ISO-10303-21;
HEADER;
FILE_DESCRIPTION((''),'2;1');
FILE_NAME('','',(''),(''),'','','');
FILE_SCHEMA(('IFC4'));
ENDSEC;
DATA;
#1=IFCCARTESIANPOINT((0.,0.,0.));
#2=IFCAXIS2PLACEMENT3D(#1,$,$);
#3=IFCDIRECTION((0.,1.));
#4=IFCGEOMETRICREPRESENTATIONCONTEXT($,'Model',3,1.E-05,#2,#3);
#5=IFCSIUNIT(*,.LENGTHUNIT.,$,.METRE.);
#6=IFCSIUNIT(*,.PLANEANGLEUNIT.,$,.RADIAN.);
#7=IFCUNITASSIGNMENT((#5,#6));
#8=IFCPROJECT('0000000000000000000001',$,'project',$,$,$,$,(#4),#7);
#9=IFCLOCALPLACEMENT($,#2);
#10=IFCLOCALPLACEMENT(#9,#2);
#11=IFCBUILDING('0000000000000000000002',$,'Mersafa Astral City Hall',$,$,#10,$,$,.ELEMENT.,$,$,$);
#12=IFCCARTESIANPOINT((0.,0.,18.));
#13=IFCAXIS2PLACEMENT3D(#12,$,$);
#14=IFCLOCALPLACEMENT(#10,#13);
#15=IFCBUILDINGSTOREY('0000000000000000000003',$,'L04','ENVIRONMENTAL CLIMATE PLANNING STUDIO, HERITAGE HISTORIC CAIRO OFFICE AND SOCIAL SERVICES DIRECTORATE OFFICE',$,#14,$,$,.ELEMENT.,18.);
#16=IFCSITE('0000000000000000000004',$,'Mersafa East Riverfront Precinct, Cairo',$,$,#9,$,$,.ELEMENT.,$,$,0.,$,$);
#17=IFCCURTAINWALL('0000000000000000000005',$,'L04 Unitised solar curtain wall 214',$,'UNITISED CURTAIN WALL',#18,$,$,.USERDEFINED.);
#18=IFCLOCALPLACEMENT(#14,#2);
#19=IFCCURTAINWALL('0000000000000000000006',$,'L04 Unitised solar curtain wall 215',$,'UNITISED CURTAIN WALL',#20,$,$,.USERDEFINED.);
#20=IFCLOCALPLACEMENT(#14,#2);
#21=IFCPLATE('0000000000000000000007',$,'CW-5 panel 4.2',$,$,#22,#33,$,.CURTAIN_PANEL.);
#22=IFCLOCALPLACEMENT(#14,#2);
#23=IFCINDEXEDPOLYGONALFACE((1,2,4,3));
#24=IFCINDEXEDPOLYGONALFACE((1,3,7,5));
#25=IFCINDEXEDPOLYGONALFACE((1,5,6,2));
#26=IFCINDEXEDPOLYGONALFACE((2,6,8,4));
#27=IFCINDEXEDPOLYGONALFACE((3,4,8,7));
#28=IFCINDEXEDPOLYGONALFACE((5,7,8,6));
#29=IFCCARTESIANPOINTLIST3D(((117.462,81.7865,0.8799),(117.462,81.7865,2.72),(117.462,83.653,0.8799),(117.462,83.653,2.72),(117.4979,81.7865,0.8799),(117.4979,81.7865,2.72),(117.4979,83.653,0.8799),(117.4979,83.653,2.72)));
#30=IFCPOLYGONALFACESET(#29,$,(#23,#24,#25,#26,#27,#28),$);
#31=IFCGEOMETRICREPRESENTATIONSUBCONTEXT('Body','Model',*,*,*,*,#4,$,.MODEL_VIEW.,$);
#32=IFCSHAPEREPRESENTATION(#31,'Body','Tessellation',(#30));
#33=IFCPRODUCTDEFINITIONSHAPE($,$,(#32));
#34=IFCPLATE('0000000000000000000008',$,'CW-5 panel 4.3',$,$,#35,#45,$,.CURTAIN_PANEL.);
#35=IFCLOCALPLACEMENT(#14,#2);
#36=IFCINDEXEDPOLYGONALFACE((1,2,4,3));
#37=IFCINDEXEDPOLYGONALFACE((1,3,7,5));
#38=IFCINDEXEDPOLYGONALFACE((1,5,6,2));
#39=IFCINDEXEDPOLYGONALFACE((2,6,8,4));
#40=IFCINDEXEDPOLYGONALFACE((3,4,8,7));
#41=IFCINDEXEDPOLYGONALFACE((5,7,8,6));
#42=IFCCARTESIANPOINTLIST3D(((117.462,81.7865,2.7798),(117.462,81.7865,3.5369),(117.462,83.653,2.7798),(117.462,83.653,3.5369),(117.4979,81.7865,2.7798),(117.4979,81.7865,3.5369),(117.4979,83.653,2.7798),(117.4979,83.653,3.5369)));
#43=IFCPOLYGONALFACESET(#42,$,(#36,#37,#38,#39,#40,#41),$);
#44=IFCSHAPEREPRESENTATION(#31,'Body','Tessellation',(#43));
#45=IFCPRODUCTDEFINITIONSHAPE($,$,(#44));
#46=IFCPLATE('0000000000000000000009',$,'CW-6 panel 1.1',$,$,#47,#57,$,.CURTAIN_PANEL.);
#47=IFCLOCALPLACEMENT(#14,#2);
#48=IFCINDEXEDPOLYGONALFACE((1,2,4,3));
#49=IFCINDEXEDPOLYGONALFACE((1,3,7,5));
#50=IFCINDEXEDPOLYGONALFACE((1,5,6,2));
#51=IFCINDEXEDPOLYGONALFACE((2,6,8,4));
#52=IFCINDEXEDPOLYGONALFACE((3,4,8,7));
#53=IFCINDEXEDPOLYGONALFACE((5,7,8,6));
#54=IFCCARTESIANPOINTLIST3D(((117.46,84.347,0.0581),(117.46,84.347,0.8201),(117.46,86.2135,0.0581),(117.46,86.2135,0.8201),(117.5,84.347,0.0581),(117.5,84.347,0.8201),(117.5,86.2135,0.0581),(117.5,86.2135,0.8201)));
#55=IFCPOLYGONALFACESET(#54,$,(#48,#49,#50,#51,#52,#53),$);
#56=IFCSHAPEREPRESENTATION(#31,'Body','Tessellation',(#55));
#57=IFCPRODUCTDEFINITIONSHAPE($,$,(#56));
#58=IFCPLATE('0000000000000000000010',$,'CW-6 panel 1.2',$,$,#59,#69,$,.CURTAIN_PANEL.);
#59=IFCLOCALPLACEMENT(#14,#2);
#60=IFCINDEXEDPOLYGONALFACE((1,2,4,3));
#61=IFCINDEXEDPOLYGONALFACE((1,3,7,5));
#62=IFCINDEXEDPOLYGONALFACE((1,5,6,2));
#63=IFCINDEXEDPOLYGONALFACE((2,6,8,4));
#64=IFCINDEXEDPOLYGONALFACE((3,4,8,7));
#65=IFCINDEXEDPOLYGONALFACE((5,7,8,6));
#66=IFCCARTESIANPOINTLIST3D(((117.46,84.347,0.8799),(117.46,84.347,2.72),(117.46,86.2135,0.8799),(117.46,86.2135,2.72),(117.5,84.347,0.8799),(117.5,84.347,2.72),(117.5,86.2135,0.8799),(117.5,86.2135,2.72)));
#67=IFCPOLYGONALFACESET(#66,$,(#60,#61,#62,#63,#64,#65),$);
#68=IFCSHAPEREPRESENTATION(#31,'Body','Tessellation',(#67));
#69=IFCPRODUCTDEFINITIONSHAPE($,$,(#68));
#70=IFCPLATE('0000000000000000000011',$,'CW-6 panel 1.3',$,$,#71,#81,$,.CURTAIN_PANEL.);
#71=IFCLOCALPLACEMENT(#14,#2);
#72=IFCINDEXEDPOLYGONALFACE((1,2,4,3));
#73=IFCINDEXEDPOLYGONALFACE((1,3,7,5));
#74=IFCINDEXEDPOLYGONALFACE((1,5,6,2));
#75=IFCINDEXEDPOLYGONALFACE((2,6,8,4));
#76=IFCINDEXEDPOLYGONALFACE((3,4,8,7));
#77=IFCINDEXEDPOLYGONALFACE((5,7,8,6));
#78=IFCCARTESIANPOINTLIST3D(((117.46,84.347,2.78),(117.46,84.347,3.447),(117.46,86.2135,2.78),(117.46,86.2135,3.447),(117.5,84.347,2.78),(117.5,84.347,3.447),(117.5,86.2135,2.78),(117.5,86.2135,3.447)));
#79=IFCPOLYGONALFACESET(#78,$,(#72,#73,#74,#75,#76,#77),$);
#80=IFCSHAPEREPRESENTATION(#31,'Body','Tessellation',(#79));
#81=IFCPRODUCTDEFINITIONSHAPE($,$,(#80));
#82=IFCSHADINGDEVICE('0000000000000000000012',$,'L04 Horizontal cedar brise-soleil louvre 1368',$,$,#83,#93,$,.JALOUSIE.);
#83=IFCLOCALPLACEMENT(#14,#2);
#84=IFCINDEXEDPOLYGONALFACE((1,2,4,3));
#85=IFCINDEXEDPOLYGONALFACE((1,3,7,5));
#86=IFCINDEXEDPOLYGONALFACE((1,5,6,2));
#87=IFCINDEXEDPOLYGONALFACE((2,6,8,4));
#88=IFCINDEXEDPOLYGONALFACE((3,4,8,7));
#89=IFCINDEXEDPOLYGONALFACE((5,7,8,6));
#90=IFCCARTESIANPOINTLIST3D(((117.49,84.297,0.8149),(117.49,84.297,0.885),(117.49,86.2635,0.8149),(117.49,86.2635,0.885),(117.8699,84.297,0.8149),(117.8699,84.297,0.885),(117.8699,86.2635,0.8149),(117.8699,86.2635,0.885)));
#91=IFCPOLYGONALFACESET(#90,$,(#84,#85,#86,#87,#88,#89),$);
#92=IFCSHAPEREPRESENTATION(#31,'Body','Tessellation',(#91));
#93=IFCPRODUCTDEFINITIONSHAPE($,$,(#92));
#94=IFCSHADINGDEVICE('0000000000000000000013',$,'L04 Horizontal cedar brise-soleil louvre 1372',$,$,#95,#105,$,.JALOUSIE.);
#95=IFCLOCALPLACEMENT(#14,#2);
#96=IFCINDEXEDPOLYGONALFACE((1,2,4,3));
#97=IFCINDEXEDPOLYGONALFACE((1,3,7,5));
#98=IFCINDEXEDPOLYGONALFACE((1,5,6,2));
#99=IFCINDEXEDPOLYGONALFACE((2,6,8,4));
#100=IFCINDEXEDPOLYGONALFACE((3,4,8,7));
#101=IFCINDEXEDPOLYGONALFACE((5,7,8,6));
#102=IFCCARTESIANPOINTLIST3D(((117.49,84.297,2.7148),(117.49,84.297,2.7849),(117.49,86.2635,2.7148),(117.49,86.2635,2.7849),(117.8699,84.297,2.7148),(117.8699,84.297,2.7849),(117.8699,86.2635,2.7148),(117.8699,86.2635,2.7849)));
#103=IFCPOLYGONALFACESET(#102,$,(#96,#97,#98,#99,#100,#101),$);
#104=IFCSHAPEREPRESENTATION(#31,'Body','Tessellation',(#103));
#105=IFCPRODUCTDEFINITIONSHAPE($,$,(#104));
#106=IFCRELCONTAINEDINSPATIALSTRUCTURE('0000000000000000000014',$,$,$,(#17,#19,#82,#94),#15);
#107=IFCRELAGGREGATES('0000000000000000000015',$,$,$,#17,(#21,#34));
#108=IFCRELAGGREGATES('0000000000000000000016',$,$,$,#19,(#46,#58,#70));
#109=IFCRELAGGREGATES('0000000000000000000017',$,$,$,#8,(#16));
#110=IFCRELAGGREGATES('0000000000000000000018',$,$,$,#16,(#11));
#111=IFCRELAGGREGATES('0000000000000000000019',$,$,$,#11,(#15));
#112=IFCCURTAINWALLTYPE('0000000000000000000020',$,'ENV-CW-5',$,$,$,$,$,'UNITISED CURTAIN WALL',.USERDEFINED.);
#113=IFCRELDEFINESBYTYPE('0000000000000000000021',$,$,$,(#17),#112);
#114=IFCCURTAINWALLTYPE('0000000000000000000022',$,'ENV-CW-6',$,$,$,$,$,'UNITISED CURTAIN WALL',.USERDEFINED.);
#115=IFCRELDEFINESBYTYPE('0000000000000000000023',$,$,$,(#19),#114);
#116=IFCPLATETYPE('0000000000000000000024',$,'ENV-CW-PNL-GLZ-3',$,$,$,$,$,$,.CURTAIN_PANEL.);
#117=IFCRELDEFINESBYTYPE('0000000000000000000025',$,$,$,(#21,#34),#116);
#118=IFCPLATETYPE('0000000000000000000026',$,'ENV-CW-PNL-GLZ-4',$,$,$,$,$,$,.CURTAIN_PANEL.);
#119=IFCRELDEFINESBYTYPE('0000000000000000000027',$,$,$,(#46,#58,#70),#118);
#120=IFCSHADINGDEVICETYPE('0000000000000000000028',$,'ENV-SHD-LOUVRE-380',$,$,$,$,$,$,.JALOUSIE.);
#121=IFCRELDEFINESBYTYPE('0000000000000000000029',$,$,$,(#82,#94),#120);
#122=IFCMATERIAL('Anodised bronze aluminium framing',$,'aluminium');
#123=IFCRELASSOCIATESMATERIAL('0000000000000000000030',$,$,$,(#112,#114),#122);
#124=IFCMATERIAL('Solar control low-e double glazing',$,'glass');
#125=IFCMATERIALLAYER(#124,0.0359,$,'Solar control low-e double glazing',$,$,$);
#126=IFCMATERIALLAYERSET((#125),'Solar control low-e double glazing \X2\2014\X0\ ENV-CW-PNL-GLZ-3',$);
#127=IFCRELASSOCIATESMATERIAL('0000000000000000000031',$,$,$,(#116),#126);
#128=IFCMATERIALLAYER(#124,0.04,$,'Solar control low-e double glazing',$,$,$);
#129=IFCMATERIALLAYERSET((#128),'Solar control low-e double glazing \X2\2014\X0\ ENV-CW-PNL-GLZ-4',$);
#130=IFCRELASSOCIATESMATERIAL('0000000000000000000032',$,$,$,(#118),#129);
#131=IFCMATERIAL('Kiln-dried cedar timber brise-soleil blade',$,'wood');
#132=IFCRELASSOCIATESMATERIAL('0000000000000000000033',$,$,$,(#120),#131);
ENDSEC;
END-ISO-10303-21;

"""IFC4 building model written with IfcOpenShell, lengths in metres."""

from ifc_helpers import new_model, si_unit, direction, frame, origin, origin_2d, place, context, subcontext, project, spatial, rectangle, extrude, material, layer, layer_set, type_object, element, aggregate, save


model = new_model("IFC4")

# Units and contexts
model_context = context("Model", 3, precision=1e-05, world=origin(), true_north=direction((0.0, 1.0)))
body_context = subcontext(model_context, "Body", "Model", "MODEL_VIEW")
ifc_project = project(units=[si_unit("LENGTHUNIT", "METRE"), si_unit("PLANEANGLEUNIT", "RADIAN")], contexts=[model_context])

# Site, building, storey
site_placement = place(None, origin())
site = spatial("IfcSite", under=ifc_project, at=site_placement, Name="Mersafa East Riverfront Precinct, Cairo", CompositionType="ELEMENT", RefElevation=0.0)
building_placement = place(site_placement, origin())
building = spatial("IfcBuilding", under=site, at=building_placement, Name="Mersafa Astral City Hall", CompositionType="ELEMENT")
storey_placement = place(building_placement, frame((0.0, 0.0, 18.0)))
storey = spatial("IfcBuildingStorey", under=building, at=storey_placement, Name="L04", Description="ENVIRONMENTAL CLIMATE PLANNING STUDIO, HERITAGE HISTORIC CAIRO OFFICE AND SOCIAL SERVICES DIRECTORATE OFFICE", CompositionType="ELEMENT", Elevation=18.0)

# Curtain walls
ifc_material_1 = material(Name="Anodised bronze aluminium framing", Category="aluminium")
curtain_wall_type_1 = type_object("IfcCurtainWallType", Name="ENV-CW-5", ElementType="UNITISED CURTAIN WALL", PredefinedType="USERDEFINED", material=ifc_material_1)
curtain_wall_1_placement = place(storey_placement, origin())
curtain_wall_1 = element("IfcCurtainWall", 1, at=curtain_wall_1_placement, inside=storey, type_object=curtain_wall_type_1, Name="L04 Unitised solar curtain wall 214", ObjectType="UNITISED CURTAIN WALL", PredefinedType="USERDEFINED")
curtain_wall_type_2 = type_object("IfcCurtainWallType", Name="ENV-CW-6", ElementType="UNITISED CURTAIN WALL", PredefinedType="USERDEFINED", material=ifc_material_1)
curtain_wall_2_placement = place(storey_placement, origin())
curtain_wall_2 = element("IfcCurtainWall", 2, at=curtain_wall_2_placement, inside=storey, type_object=curtain_wall_type_2, Name="L04 Unitised solar curtain wall 215", ObjectType="UNITISED CURTAIN WALL", PredefinedType="USERDEFINED")

# Plates
ifc_material_2 = material(Name="Solar control low-e double glazing", Category="glass")
ifc_layer_1 = layer(ifc_material_2, 0.0359, Name="Solar control low-e double glazing")
ifc_layer_set_1 = layer_set([ifc_layer_1], Name="Solar control low-e double glazing — ENV-CW-PNL-GLZ-3")
plate_type_1 = type_object("IfcPlateType", Name="ENV-CW-PNL-GLZ-3", PredefinedType="CURTAIN_PANEL", material=ifc_layer_set_1)
plate_1_placement = place(storey_placement, frame((117.48, 82.7197, 0.8799), z_axis=(0.0, 0.0, 1.0), x_axis=(0.0, 1.0, 0.0)))
plate_1 = element("IfcPlate", 3, at=plate_1_placement, type_object=plate_type_1, Name="CW-5 panel 4.2", PredefinedType="CURTAIN_PANEL", context=body_context, shape_type="SweptSolid", body=[
    extrude(rectangle(XDim=1.8665, YDim=0.0359, at=origin_2d()), origin(), (0.0, 0.0, 1.0), 1.8401),
])
plate_2_placement = place(storey_placement, frame((117.48, 82.7197, 2.7798), z_axis=(0.0, 0.0, 1.0), x_axis=(0.0, 1.0, 0.0)))
plate_2 = element("IfcPlate", 4, at=plate_2_placement, type_object=plate_type_1, Name="CW-5 panel 4.3", PredefinedType="CURTAIN_PANEL", context=body_context, shape_type="SweptSolid", body=[
    extrude(rectangle(XDim=1.8665, YDim=0.0359, at=origin_2d()), origin(), (0.0, 0.0, 1.0), 0.7571),
])
aggregate(curtain_wall_1, [plate_1, plate_2])
ifc_layer_2 = layer(ifc_material_2, 0.04, Name="Solar control low-e double glazing")
ifc_layer_set_2 = layer_set([ifc_layer_2], Name="Solar control low-e double glazing — ENV-CW-PNL-GLZ-4")
plate_type_2 = type_object("IfcPlateType", Name="ENV-CW-PNL-GLZ-4", PredefinedType="CURTAIN_PANEL", material=ifc_layer_set_2)
plate_3_placement = place(storey_placement, frame((117.48, 85.2803, 0.0581), z_axis=(0.0, 0.0, 1.0), x_axis=(0.0, 1.0, 0.0)))
plate_3 = element("IfcPlate", 5, at=plate_3_placement, type_object=plate_type_2, Name="CW-6 panel 1.1", PredefinedType="CURTAIN_PANEL", context=body_context, shape_type="SweptSolid", body=[
    extrude(rectangle(XDim=1.8665, YDim=0.04, at=origin_2d()), origin(), (0.0, 0.0, 1.0), 0.762),
])
plate_4_placement = place(storey_placement, frame((117.48, 85.2803, 0.8799), z_axis=(0.0, 0.0, 1.0), x_axis=(0.0, 1.0, 0.0)))
plate_4 = element("IfcPlate", 6, at=plate_4_placement, type_object=plate_type_2, Name="CW-6 panel 1.2", PredefinedType="CURTAIN_PANEL", context=body_context, shape_type="SweptSolid", body=[
    extrude(rectangle(XDim=1.8665, YDim=0.04, at=origin_2d()), origin(), (0.0, 0.0, 1.0), 1.8401),
])
plate_5_placement = place(storey_placement, frame((117.48, 85.2803, 2.78), z_axis=(0.0, 0.0, 1.0), x_axis=(0.0, 1.0, 0.0)))
plate_5 = element("IfcPlate", 7, at=plate_5_placement, type_object=plate_type_2, Name="CW-6 panel 1.3", PredefinedType="CURTAIN_PANEL", context=body_context, shape_type="SweptSolid", body=[
    extrude(rectangle(XDim=1.8665, YDim=0.04, at=origin_2d()), origin(), (0.0, 0.0, 1.0), 0.667),
])
aggregate(curtain_wall_2, [plate_3, plate_4, plate_5])

# Shading devices
ifc_material_3 = material(Name="Kiln-dried cedar timber brise-soleil blade", Category="wood")
shading_device_type = type_object("IfcShadingDeviceType", Name="ENV-SHD-LOUVRE-380", PredefinedType="JALOUSIE", material=ifc_material_3)
for number, where, z_axis, x_axis, name in (
    (8, (117.6799, 85.2803, 0.8149), (0.0, 0.0, 1.0), (0.0, 1.0, 0.0), "L04 Horizontal cedar brise-soleil louvre 1368"),
    (9, (117.6799, 85.2803, 2.7148), (0.0, 0.0, 1.0), (0.0, 1.0, 0.0), "L04 Horizontal cedar brise-soleil louvre 1372"),
):
    element("IfcShadingDevice", number, at=place(storey_placement, frame(where, z_axis=z_axis, x_axis=x_axis)), inside=storey, type_object=shading_device_type, Name=name, PredefinedType="JALOUSIE", context=body_context, shape_type="SweptSolid", body=[
        extrude(rectangle(XDim=1.9666, YDim=0.3799, at=origin_2d()), origin(), (0.0, 0.0, 1.0), 0.0701),
    ])

save(model, "model.ifc")
